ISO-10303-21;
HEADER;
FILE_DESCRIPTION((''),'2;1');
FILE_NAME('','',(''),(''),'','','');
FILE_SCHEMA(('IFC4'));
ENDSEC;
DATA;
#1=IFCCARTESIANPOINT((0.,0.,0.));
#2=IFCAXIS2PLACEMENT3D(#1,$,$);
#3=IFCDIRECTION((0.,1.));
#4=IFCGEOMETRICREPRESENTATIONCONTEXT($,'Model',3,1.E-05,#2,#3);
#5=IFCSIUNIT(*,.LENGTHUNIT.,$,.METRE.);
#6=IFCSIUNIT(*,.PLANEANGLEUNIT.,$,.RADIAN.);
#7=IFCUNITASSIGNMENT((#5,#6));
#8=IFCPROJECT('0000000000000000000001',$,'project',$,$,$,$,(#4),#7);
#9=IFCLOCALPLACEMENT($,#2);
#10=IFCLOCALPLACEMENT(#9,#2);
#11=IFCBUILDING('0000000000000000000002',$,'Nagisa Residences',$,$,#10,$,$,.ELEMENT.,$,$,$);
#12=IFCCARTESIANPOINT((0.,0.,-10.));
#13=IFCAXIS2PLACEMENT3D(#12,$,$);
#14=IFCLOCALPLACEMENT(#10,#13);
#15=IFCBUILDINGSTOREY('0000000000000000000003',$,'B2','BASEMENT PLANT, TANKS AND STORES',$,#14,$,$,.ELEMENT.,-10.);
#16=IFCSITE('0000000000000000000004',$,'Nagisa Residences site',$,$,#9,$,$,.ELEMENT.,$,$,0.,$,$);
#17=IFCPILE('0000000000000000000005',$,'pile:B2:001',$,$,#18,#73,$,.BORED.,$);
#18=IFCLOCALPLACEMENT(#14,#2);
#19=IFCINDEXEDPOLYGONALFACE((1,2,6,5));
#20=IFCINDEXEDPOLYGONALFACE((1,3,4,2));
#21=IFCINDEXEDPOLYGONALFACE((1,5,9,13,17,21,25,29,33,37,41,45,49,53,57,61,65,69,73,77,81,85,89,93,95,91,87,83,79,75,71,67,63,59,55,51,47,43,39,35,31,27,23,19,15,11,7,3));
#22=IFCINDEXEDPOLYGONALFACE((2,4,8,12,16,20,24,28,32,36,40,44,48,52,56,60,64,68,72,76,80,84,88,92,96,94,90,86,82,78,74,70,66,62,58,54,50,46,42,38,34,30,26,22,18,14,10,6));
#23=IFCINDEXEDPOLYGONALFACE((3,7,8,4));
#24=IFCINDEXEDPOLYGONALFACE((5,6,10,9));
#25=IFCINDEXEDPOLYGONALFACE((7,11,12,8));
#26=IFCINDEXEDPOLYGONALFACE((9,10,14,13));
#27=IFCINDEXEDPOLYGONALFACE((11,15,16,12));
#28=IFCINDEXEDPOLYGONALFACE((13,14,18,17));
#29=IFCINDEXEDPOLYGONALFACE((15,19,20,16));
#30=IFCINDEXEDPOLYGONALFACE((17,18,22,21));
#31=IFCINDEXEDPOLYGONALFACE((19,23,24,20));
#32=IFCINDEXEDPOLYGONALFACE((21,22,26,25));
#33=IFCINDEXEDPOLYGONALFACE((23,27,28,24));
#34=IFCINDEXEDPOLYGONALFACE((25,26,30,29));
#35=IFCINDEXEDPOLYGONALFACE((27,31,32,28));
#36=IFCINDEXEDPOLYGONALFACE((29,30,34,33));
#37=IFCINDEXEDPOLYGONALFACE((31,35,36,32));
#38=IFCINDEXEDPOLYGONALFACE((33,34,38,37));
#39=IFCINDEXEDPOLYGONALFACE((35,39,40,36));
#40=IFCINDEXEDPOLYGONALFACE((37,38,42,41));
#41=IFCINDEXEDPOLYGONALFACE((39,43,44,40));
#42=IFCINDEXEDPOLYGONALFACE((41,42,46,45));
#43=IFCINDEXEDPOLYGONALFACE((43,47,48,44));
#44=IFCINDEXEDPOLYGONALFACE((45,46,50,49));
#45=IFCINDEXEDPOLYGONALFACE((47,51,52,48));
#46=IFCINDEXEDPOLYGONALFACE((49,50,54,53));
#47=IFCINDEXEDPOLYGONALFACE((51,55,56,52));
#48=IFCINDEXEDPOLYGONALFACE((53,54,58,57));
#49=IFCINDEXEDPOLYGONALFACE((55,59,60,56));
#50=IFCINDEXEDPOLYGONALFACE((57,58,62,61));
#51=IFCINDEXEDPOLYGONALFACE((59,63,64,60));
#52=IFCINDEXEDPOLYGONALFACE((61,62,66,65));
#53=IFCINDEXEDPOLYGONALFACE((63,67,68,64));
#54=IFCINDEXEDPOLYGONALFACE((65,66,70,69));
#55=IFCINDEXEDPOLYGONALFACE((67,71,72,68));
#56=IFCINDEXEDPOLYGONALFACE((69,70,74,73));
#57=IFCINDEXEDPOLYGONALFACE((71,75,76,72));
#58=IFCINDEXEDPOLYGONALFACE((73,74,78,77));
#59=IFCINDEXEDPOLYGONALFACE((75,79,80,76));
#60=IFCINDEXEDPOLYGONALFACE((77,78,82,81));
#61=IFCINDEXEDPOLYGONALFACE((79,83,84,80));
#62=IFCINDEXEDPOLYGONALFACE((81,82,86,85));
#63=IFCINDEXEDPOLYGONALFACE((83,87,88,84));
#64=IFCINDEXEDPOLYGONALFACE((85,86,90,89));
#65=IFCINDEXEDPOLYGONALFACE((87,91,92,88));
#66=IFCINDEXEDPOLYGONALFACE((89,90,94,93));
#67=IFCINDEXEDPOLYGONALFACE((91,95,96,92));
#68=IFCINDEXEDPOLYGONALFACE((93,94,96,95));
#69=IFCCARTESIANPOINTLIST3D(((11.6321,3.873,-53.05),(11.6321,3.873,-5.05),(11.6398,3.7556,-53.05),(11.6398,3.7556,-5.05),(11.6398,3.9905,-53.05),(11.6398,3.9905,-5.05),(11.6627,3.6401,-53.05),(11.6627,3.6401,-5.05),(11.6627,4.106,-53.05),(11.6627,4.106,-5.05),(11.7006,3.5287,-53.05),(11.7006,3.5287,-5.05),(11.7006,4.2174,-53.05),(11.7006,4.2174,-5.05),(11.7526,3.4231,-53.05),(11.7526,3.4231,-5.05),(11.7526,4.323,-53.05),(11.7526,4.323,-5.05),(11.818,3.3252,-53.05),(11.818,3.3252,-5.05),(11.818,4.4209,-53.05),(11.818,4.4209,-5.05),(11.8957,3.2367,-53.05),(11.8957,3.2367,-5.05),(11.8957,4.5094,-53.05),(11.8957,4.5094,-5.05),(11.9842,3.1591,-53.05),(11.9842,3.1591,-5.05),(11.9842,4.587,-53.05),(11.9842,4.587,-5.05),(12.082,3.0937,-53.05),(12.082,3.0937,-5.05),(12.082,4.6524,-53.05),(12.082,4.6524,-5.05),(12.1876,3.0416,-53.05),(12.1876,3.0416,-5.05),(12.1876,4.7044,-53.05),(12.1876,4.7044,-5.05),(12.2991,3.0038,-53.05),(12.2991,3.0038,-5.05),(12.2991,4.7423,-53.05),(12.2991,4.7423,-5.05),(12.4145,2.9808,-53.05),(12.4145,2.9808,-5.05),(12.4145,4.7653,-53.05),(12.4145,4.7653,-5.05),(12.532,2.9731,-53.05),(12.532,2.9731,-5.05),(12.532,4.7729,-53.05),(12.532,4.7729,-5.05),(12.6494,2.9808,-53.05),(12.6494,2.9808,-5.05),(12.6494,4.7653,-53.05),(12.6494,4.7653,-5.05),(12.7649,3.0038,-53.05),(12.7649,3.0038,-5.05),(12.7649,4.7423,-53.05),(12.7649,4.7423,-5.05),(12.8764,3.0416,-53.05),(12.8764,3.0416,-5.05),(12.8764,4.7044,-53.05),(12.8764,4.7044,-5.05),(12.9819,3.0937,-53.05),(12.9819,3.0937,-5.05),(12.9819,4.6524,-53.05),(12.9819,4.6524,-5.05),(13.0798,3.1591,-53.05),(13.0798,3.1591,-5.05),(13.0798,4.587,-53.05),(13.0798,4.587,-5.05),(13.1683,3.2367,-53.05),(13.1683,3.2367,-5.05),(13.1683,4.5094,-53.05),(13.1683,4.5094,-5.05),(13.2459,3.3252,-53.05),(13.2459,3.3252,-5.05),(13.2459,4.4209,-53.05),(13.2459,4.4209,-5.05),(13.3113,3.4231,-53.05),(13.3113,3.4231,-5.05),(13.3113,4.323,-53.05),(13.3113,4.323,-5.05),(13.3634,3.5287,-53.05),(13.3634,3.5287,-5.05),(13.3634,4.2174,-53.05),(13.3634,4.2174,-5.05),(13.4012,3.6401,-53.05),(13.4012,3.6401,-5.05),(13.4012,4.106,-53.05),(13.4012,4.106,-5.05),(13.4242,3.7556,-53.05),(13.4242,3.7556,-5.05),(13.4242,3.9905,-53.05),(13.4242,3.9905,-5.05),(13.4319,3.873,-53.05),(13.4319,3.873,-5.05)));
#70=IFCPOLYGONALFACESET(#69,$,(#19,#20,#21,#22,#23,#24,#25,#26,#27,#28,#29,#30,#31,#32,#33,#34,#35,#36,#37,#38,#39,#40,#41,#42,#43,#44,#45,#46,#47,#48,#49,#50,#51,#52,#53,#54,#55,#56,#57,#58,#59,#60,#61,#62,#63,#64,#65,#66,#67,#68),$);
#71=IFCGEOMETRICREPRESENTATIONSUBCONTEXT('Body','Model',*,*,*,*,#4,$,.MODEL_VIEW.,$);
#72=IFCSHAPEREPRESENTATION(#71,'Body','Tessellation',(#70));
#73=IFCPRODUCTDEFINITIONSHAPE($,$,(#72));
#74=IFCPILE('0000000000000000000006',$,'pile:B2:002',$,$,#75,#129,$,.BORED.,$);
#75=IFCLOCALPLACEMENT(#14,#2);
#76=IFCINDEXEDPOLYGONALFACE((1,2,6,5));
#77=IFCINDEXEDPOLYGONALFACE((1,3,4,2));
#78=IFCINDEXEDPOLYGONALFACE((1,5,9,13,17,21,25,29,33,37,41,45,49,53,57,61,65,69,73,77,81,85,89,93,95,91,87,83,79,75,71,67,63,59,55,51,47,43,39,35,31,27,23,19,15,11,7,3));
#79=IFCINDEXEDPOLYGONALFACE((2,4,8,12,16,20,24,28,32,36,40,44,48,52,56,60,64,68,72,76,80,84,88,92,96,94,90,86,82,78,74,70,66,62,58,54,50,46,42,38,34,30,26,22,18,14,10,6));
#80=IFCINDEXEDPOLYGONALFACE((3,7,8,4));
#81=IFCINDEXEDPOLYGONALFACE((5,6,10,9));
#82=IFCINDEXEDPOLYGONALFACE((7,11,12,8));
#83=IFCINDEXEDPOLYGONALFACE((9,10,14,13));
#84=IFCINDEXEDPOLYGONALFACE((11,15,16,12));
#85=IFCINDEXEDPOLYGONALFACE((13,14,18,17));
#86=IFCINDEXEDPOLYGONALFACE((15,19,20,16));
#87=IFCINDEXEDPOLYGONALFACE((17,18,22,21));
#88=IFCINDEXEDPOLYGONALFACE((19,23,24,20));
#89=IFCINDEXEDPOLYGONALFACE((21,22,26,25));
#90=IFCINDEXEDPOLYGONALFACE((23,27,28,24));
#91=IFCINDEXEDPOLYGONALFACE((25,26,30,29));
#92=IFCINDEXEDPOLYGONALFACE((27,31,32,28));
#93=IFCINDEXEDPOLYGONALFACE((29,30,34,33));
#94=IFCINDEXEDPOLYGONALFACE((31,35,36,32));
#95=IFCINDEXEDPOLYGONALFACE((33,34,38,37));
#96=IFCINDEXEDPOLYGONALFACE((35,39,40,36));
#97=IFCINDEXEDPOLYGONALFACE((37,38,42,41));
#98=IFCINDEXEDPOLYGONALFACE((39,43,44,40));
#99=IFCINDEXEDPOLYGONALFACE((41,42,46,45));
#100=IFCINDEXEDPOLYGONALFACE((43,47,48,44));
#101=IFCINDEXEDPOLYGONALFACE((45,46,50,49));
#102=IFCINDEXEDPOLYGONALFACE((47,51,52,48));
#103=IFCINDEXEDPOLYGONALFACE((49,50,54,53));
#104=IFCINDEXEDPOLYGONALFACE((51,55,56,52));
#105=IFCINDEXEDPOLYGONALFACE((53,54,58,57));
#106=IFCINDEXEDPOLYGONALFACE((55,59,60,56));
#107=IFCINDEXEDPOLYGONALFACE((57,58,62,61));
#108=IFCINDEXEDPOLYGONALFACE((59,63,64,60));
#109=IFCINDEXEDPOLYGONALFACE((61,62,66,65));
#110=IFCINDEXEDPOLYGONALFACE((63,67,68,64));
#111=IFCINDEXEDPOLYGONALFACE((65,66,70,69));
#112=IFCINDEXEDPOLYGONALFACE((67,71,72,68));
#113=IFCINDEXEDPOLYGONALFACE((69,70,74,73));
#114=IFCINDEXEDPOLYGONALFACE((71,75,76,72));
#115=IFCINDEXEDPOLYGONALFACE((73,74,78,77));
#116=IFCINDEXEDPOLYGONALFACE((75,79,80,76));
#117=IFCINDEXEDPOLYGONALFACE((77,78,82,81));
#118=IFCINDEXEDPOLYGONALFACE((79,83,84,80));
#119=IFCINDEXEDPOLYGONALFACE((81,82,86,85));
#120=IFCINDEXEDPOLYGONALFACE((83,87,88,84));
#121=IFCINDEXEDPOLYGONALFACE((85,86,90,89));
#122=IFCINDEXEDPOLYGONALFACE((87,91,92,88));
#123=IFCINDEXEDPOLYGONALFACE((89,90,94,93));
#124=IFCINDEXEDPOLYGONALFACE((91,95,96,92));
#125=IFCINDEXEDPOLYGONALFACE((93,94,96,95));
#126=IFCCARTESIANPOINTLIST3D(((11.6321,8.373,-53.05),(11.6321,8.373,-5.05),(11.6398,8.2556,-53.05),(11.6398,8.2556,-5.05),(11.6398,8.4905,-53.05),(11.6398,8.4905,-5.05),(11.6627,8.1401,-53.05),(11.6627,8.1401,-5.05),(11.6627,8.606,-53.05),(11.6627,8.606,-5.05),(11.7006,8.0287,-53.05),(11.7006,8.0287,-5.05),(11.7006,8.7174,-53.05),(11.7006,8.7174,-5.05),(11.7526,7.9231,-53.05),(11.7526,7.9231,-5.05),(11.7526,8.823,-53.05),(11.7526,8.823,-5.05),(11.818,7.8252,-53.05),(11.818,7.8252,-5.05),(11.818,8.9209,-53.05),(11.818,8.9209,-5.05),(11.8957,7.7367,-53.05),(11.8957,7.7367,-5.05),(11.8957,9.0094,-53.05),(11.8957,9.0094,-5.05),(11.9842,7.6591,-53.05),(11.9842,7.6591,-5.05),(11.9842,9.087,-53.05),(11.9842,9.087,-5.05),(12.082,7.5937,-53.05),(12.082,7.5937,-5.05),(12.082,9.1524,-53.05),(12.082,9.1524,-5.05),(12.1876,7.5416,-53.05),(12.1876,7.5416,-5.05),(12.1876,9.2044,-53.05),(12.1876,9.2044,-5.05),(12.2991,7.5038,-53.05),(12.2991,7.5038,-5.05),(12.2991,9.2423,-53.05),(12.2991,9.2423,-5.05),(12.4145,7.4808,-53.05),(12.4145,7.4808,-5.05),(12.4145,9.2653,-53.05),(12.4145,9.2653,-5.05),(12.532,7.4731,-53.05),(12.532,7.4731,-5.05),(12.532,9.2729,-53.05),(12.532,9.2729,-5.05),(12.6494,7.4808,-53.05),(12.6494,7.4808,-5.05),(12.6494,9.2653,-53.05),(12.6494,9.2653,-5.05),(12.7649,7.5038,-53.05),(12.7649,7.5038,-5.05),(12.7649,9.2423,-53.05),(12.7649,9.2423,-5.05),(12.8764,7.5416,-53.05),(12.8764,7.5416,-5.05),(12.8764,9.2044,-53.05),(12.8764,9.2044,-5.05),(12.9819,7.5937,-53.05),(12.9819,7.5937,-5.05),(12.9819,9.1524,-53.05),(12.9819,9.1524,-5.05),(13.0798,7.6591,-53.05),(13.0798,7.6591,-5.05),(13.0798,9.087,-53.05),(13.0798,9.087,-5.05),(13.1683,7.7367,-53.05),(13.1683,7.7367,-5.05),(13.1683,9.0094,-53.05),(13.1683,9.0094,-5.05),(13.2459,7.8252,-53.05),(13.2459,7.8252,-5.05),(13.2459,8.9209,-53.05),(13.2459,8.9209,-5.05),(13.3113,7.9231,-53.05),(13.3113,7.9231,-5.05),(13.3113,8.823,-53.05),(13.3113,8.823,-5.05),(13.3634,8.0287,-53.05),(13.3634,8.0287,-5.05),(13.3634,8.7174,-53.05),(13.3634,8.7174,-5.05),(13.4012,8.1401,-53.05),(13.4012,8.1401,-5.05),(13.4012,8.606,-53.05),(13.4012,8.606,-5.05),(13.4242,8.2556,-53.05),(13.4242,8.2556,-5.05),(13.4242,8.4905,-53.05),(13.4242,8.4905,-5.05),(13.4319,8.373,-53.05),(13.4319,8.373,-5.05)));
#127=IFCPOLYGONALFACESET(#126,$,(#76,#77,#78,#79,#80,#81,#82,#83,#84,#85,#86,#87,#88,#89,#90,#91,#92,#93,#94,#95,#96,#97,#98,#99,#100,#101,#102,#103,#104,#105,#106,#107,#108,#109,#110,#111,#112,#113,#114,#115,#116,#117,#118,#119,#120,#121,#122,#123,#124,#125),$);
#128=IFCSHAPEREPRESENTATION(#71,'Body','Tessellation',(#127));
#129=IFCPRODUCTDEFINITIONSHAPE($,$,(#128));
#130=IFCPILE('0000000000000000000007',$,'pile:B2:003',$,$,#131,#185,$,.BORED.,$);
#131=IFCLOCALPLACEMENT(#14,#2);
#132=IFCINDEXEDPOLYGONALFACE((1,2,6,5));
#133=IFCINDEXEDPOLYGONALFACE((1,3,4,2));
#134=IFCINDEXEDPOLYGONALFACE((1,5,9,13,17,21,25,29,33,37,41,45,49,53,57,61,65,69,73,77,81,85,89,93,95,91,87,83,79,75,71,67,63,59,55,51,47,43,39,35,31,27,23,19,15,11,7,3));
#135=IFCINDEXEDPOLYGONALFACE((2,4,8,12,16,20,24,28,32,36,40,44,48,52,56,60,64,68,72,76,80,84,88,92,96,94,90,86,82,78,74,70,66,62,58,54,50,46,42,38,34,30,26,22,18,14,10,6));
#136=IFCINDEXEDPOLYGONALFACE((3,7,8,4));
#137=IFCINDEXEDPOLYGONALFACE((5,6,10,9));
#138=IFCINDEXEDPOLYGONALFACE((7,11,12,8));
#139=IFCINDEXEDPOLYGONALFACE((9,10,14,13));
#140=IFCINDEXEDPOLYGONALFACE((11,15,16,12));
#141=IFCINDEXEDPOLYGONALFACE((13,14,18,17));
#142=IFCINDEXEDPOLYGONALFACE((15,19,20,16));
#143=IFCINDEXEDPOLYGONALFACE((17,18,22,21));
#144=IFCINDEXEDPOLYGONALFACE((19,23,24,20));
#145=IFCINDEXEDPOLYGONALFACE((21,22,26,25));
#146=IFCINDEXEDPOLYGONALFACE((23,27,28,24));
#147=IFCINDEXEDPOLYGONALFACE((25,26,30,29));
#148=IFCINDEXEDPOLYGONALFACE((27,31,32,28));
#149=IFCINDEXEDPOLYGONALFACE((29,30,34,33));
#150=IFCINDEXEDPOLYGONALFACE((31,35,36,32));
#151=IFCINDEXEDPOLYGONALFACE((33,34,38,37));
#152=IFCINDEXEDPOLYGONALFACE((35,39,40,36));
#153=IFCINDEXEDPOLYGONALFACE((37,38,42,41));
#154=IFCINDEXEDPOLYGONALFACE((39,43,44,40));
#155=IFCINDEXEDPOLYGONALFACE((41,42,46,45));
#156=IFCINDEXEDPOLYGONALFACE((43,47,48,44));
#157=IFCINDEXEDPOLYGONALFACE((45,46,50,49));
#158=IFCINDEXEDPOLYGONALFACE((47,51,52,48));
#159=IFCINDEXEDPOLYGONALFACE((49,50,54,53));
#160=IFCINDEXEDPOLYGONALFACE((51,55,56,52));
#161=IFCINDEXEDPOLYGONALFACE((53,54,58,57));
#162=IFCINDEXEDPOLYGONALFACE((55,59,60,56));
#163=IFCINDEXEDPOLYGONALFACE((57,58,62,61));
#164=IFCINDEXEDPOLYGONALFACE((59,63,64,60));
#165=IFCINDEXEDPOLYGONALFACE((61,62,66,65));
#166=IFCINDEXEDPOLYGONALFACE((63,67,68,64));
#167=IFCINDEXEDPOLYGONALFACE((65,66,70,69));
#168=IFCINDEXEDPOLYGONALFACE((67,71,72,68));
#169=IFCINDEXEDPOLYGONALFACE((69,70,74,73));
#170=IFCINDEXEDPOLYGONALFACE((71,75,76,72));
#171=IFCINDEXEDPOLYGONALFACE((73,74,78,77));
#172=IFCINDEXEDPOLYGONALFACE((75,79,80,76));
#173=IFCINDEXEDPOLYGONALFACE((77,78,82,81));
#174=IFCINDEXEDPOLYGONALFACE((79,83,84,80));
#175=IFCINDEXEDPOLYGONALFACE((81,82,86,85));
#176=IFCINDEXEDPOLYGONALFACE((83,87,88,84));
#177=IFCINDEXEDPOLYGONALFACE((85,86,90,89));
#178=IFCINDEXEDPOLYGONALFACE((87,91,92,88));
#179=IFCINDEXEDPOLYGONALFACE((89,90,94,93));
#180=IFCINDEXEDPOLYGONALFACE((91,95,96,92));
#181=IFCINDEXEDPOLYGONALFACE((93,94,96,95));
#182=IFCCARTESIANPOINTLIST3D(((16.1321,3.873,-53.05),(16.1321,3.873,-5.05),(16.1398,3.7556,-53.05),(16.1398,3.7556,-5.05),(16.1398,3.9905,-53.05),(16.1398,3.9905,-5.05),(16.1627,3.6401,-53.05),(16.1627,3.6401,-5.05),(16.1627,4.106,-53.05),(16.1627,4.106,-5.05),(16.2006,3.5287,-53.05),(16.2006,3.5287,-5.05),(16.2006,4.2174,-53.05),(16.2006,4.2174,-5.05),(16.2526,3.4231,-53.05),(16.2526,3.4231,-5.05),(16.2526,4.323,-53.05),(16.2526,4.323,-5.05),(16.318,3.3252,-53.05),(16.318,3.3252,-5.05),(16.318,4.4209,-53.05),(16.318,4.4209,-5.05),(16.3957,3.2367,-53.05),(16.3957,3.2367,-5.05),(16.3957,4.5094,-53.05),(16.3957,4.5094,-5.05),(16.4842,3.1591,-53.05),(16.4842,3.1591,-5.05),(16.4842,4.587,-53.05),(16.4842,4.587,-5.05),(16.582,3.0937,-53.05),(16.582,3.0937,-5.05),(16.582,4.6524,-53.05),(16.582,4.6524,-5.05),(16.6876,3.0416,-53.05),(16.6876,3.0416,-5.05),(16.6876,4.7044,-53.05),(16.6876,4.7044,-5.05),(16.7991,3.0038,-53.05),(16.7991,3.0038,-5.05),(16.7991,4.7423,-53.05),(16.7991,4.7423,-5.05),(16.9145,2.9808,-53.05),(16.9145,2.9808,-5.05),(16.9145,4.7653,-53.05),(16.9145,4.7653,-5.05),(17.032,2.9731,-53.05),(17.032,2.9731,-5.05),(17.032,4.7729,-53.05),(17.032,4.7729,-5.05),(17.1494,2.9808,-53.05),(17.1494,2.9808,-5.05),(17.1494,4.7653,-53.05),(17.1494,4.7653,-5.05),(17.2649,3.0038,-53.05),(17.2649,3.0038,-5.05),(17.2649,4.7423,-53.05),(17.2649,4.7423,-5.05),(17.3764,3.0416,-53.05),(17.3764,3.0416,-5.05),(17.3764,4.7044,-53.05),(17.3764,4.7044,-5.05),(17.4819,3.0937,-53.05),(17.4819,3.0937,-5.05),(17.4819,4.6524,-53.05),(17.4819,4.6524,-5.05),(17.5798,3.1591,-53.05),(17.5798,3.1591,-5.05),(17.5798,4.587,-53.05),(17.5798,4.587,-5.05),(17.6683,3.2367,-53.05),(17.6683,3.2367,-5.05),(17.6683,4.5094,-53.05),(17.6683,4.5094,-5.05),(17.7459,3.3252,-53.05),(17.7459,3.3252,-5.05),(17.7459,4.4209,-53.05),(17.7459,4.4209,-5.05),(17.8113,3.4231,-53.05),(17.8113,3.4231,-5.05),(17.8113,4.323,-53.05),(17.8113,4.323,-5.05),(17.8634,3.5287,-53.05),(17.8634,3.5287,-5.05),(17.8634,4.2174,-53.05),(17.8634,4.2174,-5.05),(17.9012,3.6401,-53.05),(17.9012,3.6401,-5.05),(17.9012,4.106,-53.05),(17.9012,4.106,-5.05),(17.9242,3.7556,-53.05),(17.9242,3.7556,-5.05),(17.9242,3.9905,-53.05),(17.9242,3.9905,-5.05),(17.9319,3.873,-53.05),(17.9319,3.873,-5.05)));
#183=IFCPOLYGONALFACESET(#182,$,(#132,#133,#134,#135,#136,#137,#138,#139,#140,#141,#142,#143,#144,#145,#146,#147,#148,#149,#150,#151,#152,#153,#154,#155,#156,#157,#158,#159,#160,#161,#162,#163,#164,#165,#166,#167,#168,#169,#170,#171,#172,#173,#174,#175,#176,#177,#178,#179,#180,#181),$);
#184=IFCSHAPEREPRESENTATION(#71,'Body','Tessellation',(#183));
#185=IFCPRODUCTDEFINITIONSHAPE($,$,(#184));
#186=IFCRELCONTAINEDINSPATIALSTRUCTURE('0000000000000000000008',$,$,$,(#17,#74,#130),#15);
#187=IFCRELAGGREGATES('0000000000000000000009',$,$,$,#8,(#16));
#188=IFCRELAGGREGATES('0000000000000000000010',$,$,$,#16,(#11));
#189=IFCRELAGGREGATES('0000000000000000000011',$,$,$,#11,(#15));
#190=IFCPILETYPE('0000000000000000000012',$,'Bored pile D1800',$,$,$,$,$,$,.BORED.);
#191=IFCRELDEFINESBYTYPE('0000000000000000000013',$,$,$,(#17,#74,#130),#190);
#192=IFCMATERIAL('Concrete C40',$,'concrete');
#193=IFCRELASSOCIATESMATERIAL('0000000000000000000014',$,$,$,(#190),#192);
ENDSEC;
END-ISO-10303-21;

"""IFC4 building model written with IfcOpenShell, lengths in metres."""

from ifc_helpers import new_model, si_unit, direction, frame, origin, origin_2d, place, context, subcontext, project, spatial, circle, extrude, material, material_profile, profile_set, type_object, element, save


model = new_model("IFC4")

# Units and contexts
model_context = context("Model", 3, precision=1e-05, world=origin(), true_north=direction((0.0, 1.0)))
body_context = subcontext(model_context, "Body", "Model", "MODEL_VIEW")
ifc_project = project(units=[si_unit("LENGTHUNIT", "METRE"), si_unit("PLANEANGLEUNIT", "RADIAN")], contexts=[model_context])

# Site, building, storey
site_placement = place(None, origin())
site = spatial("IfcSite", under=ifc_project, at=site_placement, Name="Nagisa Residences site", CompositionType="ELEMENT", RefElevation=0.0)
building_placement = place(site_placement, origin())
building = spatial("IfcBuilding", under=site, at=building_placement, Name="Nagisa Residences", CompositionType="ELEMENT")
storey_placement = place(building_placement, frame((0.0, 0.0, -10.0)))
storey = spatial("IfcBuildingStorey", under=building, at=storey_placement, Name="B2", Description="BASEMENT PLANT, TANKS AND STORES", CompositionType="ELEMENT", Elevation=-10.0)

# Piles
ifc_material_1 = material(Name="Concrete C40", Category="concrete")
ifc_material_profile_1 = material_profile(ifc_material_1, circle(Radius=0.8999, at=origin_2d()), Name="Bored pile D1800")
ifc_profile_set_1 = profile_set([ifc_material_profile_1], Name="Concrete C40")
pile_type = type_object("IfcPileType", Name="Bored pile D1800", PredefinedType="BORED", material=ifc_profile_set_1)
for number, where, z_axis, x_axis, name in (
    (1, (12.532, 3.873, -5.05), (0.0, 0.0, -1.0), (1.0, 0.0, 0.0), "pile:B2:001"),
    (2, (12.532, 8.373, -5.05), (0.0, 0.0, -1.0), (1.0, 0.0, 0.0), "pile:B2:002"),
    (3, (17.032, 3.873, -5.05), (0.0, 0.0, -1.0), (1.0, 0.0, 0.0), "pile:B2:003"),
):
    element("IfcPile", number, at=place(storey_placement, frame(where, z_axis=z_axis, x_axis=x_axis)), inside=storey, type_object=pile_type, Name=name, PredefinedType="BORED", context=body_context, shape_type="SweptSolid", body=[
        extrude(circle(Radius=0.8999, at=origin_2d()), origin(), (0.0, 0.0, 1.0), 48.0),
    ])

save(model, "model.ifc")
